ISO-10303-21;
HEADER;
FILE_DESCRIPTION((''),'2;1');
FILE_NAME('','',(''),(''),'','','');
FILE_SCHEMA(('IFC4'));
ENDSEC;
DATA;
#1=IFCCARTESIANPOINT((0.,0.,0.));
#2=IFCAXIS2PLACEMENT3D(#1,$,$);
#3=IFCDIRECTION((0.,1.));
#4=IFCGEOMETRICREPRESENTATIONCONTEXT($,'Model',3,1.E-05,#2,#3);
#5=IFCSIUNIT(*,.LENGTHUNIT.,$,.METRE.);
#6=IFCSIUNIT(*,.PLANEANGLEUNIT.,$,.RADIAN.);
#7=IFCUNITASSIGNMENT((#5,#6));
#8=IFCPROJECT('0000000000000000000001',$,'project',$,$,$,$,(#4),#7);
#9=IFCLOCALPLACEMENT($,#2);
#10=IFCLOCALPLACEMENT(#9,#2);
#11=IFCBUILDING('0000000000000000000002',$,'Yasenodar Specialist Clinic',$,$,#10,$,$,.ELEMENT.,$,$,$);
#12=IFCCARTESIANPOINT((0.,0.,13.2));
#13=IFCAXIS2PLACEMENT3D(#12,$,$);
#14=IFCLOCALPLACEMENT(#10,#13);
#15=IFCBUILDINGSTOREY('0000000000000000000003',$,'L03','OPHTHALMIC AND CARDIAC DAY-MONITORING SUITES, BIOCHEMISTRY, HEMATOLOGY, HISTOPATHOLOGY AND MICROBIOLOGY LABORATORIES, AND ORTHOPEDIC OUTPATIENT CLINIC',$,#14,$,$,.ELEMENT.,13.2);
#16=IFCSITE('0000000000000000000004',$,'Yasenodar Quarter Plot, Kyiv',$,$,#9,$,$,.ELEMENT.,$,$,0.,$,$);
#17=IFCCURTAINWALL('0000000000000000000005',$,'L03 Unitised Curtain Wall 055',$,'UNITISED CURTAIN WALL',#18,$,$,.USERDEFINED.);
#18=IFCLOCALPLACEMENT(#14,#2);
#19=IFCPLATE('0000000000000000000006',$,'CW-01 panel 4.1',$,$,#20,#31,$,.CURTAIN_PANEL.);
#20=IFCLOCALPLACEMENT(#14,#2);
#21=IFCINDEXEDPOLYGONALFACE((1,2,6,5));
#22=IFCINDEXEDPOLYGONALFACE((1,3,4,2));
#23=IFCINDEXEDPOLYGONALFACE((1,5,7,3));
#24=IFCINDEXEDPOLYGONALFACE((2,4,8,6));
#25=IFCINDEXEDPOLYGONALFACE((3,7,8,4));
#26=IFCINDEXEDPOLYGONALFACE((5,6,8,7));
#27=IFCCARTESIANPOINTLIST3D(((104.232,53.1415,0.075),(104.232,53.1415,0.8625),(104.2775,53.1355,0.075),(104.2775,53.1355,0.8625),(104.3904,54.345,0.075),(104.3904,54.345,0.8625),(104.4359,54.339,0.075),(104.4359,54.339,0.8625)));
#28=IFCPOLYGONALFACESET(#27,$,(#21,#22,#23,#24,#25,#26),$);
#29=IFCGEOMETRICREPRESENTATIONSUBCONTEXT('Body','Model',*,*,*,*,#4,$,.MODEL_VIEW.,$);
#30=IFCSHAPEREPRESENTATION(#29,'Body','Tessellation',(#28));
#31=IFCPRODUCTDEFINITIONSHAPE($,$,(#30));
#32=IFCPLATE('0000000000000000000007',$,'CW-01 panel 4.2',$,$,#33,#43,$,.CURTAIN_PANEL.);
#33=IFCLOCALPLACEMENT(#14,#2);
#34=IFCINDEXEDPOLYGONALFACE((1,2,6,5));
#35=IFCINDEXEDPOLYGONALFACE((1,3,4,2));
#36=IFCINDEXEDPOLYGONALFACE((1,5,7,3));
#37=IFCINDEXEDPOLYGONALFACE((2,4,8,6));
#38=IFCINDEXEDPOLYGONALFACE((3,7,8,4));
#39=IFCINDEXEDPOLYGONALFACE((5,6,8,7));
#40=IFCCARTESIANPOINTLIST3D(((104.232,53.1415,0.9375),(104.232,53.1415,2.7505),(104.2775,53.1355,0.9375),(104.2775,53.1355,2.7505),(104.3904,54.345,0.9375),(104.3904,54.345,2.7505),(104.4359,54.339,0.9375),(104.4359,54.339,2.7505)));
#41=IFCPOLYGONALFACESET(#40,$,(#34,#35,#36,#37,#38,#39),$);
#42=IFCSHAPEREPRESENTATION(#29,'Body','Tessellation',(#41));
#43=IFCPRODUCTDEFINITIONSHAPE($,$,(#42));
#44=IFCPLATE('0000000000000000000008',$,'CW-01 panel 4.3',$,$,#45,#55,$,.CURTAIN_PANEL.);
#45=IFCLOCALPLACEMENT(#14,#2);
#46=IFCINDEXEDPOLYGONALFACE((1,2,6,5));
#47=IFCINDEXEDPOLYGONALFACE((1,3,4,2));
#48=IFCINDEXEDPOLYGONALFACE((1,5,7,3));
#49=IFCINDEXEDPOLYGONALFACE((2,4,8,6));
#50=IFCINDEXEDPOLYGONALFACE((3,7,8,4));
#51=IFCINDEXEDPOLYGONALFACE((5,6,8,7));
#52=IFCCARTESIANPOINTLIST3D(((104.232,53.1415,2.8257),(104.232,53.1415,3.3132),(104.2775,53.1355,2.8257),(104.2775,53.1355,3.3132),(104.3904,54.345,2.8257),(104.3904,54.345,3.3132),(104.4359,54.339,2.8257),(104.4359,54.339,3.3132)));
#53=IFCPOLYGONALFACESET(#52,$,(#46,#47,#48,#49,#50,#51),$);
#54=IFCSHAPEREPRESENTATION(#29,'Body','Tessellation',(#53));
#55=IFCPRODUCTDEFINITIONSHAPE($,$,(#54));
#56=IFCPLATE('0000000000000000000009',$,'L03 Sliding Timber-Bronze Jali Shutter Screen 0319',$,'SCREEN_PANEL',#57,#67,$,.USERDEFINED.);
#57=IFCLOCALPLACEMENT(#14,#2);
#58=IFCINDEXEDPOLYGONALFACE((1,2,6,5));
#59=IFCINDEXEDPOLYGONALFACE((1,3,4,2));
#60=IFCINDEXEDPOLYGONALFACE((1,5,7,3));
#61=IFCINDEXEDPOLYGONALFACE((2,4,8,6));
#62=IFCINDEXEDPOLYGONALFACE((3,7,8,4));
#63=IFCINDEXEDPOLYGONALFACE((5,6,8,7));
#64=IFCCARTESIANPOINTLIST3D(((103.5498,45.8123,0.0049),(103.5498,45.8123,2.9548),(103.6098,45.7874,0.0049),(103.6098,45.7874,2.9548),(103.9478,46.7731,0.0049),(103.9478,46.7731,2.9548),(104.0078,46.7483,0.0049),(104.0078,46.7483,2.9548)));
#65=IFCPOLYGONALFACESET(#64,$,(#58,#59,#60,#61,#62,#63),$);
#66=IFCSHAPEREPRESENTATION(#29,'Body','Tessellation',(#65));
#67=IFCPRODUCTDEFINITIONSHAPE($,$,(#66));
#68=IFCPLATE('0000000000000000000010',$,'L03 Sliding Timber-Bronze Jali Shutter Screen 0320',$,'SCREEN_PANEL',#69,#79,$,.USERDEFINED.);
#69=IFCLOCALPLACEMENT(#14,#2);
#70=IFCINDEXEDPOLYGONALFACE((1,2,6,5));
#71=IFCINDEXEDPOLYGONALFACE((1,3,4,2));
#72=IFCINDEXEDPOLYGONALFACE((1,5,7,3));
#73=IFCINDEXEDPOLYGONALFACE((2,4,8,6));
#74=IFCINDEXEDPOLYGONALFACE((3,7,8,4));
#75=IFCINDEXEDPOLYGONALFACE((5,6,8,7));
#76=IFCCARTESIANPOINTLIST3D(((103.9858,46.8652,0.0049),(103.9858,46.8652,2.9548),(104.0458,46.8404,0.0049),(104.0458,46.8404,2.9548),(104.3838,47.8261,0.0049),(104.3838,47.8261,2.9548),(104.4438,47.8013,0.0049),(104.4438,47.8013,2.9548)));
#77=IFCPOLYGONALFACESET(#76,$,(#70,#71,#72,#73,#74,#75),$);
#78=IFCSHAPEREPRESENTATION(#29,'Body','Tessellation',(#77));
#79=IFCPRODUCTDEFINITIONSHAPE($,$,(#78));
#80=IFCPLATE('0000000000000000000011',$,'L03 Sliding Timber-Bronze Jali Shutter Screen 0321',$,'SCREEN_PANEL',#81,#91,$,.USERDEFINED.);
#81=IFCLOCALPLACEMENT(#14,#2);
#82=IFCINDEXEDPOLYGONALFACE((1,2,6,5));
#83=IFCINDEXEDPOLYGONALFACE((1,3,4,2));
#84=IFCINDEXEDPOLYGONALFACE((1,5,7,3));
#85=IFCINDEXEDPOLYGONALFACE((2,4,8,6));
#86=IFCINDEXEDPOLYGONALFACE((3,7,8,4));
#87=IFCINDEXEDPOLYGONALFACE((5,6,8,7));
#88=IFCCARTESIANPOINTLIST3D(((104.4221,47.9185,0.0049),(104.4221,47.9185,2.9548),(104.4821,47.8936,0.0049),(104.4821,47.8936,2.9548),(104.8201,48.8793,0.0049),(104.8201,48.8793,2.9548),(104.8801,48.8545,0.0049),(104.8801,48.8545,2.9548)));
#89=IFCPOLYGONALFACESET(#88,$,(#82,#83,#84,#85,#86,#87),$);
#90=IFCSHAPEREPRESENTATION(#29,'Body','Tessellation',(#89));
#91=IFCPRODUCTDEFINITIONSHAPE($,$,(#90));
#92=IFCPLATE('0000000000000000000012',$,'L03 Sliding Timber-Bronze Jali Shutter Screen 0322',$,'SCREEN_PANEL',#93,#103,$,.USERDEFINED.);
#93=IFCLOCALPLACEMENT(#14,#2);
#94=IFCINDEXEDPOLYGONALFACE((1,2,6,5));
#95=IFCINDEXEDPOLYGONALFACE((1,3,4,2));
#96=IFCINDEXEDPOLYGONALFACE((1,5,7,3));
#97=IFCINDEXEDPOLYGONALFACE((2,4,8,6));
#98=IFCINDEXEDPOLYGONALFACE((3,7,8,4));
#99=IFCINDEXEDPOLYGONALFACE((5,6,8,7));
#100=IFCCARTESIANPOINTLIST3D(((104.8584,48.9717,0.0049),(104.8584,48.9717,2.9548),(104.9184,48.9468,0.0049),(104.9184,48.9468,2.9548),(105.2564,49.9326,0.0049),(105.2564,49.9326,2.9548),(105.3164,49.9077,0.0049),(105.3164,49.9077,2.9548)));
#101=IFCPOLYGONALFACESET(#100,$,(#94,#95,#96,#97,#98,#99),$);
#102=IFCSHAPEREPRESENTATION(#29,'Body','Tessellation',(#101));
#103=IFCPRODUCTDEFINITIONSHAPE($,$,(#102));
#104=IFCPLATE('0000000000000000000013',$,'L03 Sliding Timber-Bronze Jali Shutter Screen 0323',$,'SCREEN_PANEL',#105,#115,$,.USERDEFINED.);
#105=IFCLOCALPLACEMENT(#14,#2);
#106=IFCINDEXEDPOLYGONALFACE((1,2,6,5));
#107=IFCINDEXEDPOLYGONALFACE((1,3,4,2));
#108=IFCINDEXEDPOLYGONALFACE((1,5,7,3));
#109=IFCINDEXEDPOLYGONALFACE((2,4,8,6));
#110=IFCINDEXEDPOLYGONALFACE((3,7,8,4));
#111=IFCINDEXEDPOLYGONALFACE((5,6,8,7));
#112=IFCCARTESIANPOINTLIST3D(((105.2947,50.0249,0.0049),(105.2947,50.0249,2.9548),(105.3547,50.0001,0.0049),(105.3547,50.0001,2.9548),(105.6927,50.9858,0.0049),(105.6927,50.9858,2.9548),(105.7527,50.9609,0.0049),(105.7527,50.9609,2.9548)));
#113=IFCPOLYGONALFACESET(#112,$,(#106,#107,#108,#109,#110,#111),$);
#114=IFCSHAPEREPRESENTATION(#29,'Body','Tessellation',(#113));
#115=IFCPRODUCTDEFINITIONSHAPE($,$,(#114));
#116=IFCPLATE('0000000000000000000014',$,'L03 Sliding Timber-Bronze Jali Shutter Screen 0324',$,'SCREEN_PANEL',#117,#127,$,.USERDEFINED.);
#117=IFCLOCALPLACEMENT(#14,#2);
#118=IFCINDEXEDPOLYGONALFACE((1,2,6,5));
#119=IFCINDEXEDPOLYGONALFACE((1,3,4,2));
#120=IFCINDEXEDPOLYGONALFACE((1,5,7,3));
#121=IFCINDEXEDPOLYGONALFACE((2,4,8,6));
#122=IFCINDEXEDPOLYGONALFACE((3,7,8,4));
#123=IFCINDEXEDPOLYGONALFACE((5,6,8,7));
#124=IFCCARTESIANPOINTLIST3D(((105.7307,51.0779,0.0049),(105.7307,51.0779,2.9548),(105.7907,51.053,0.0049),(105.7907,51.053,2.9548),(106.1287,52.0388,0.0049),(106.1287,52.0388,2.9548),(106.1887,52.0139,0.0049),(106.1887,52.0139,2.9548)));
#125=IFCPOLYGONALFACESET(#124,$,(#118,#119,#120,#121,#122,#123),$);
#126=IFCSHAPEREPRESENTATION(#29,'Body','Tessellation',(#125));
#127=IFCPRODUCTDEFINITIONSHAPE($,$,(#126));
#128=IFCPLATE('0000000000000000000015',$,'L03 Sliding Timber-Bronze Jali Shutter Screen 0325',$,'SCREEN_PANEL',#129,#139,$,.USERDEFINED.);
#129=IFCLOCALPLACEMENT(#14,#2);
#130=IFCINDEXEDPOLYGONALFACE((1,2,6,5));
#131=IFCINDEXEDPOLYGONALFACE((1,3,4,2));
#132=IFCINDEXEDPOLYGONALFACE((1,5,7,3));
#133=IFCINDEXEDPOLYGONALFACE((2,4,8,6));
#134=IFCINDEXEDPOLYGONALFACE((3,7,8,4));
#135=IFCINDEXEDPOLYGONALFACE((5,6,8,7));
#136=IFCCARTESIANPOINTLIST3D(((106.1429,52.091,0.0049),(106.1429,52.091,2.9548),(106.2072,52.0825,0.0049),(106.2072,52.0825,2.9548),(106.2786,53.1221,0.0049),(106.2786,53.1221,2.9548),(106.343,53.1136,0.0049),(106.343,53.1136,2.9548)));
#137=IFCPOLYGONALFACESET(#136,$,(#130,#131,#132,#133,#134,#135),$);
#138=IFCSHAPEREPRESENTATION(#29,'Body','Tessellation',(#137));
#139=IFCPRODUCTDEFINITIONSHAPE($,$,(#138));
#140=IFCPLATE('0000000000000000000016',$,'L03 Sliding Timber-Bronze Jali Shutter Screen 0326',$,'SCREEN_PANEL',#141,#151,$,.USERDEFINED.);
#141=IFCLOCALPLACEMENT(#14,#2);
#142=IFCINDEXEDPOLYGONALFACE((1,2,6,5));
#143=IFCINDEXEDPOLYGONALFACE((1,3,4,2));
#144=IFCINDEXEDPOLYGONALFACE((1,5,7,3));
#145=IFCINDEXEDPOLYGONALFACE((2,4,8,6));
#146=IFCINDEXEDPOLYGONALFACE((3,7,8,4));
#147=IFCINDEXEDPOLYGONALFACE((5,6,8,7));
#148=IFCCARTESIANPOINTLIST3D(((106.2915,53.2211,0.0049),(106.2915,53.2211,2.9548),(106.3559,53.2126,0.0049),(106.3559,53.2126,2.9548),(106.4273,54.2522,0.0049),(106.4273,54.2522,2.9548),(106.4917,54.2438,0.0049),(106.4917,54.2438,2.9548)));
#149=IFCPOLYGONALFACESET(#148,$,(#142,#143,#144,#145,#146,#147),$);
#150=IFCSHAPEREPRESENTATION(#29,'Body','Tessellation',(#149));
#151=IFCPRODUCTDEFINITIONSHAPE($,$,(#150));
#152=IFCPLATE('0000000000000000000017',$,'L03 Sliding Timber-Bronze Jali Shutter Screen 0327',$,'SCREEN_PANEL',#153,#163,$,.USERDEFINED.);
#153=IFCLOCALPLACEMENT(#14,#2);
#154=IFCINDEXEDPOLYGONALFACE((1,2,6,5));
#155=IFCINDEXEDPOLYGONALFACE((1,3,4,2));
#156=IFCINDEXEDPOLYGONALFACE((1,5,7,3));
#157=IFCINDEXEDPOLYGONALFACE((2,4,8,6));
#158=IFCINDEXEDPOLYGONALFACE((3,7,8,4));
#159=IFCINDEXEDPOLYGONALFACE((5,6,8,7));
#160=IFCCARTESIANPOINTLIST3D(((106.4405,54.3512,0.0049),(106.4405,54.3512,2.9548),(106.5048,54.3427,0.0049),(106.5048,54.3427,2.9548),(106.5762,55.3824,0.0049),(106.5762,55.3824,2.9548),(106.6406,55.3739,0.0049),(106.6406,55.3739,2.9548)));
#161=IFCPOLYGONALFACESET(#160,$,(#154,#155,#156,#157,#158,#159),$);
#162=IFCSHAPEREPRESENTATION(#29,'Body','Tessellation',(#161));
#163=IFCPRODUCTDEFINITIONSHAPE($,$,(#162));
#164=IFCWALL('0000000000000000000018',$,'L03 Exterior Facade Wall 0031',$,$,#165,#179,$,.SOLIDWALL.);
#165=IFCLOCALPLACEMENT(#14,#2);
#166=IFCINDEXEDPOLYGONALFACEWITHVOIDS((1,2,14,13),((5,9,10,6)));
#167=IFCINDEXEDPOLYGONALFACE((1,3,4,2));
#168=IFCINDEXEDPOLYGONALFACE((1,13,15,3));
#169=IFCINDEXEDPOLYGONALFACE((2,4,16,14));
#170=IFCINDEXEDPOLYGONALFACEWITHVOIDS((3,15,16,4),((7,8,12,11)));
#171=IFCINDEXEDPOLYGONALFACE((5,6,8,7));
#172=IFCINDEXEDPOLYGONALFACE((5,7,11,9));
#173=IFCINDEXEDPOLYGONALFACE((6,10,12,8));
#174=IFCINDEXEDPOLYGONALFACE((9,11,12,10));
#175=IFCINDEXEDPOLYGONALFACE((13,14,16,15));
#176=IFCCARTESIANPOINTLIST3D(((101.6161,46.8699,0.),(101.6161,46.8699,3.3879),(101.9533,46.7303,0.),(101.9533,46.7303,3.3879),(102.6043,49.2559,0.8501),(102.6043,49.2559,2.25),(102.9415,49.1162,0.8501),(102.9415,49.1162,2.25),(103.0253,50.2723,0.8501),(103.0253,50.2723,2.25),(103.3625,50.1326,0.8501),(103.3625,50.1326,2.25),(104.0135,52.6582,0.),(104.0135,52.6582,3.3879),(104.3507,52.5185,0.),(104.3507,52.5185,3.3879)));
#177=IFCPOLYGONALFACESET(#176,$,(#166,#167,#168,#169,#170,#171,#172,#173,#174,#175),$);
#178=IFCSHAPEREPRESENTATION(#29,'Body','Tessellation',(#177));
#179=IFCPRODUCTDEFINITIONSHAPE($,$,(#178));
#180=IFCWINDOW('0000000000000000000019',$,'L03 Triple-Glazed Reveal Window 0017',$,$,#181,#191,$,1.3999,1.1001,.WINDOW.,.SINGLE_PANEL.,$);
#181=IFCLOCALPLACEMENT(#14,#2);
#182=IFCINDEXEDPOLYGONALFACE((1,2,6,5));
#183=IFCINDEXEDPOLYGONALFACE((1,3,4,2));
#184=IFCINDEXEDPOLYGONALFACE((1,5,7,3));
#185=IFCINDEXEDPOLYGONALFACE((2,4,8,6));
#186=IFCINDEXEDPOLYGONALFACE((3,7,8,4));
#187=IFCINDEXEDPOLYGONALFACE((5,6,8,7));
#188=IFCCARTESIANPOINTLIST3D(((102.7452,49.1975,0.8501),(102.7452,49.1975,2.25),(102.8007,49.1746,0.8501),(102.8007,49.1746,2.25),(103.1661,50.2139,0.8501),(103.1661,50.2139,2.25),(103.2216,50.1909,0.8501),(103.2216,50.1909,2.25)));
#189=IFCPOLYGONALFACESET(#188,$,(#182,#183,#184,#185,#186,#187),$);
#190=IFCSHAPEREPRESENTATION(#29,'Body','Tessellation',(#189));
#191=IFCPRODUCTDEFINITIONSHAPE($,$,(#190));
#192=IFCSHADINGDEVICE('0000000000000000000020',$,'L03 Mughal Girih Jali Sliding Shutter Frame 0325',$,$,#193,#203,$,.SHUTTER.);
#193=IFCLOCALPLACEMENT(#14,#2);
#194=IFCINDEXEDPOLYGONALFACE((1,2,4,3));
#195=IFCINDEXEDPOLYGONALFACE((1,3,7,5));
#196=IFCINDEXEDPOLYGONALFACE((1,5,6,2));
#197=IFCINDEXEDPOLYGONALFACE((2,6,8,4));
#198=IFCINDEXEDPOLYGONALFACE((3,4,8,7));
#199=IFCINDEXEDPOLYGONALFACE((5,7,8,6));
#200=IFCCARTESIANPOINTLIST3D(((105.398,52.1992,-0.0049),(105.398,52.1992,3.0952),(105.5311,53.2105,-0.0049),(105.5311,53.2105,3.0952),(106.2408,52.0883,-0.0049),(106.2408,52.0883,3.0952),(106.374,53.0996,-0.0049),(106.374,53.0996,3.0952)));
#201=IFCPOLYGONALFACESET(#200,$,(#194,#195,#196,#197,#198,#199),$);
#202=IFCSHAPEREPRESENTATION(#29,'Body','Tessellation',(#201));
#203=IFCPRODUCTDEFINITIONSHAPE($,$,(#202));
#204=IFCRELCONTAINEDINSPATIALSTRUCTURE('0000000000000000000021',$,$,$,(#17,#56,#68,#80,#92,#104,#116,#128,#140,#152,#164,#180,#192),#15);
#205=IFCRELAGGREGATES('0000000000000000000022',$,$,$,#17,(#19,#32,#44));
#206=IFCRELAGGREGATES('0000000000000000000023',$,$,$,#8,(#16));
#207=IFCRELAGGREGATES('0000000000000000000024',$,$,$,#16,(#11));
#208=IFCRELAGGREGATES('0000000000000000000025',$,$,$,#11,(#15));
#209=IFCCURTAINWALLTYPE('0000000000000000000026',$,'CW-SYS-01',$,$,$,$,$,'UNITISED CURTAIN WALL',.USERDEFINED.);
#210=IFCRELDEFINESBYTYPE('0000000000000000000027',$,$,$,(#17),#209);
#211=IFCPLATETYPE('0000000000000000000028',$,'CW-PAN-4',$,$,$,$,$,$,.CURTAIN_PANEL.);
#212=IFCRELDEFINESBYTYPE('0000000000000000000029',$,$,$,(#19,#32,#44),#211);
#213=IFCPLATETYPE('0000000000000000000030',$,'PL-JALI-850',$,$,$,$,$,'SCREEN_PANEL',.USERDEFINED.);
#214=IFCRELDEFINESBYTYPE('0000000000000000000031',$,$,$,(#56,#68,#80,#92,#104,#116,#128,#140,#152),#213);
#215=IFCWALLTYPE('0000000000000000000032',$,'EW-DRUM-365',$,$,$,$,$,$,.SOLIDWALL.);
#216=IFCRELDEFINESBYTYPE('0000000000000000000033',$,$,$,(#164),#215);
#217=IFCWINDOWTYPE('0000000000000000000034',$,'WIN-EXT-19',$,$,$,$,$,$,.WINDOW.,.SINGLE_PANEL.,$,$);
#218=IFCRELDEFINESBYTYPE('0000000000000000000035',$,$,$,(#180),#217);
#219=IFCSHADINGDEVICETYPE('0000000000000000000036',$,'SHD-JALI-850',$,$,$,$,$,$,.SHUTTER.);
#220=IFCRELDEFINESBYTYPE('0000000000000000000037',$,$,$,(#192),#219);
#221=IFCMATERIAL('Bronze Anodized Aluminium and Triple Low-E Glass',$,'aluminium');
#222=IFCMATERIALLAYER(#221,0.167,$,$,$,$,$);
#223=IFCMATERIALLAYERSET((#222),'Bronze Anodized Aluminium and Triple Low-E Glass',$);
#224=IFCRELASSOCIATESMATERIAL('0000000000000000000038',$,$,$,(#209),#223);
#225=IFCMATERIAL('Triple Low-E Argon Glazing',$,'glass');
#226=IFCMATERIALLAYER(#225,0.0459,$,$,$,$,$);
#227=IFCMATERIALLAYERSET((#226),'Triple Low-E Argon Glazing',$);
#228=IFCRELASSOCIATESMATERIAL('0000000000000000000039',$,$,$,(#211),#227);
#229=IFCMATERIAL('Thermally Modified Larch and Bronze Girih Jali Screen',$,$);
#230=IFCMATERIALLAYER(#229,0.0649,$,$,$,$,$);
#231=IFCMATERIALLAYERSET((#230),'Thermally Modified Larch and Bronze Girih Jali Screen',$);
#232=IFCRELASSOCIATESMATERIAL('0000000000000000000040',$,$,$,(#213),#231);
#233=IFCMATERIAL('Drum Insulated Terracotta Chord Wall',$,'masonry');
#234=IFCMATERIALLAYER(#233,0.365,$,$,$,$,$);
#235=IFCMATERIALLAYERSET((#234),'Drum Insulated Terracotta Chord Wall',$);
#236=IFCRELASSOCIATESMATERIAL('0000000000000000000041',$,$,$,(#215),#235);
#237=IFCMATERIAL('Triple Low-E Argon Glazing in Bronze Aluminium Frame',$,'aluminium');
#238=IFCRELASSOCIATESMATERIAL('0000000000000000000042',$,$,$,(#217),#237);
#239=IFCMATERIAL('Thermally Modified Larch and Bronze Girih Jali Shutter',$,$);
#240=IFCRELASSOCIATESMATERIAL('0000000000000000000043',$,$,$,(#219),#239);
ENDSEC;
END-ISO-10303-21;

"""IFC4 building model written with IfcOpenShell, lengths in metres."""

from ifc_helpers import new_model, si_unit, direction, frame, frame_2d, origin, origin_2d, place, context, subcontext, project, spatial, rectangle, extrude, material, layer, layer_set, type_object, element, fill, aggregate, save


model = new_model("IFC4")

# Units and contexts
model_context = context("Model", 3, precision=1e-05, world=origin(), true_north=direction((0.0, 1.0)))
body_context = subcontext(model_context, "Body", "Model", "MODEL_VIEW")
ifc_project = project(units=[si_unit("LENGTHUNIT", "METRE"), si_unit("PLANEANGLEUNIT", "RADIAN")], contexts=[model_context])

# Site, building, storey
site_placement = place(None, origin())
site = spatial("IfcSite", under=ifc_project, at=site_placement, Name="Yasenodar Quarter Plot, Kyiv", CompositionType="ELEMENT", RefElevation=0.0)
building_placement = place(site_placement, origin())
building = spatial("IfcBuilding", under=site, at=building_placement, Name="Yasenodar Specialist Clinic", CompositionType="ELEMENT")
storey_placement = place(building_placement, frame((0.0, 0.0, 13.2)))
storey = spatial("IfcBuildingStorey", under=building, at=storey_placement, Name="L03", Description="OPHTHALMIC AND CARDIAC DAY-MONITORING SUITES, BIOCHEMISTRY, HEMATOLOGY, HISTOPATHOLOGY AND MICROBIOLOGY LABORATORIES, AND ORTHOPEDIC OUTPATIENT CLINIC", CompositionType="ELEMENT", Elevation=13.2)

# Curtain wall, plates
ifc_material_1 = material(Name="Bronze Anodized Aluminium and Triple Low-E Glass", Category="aluminium")
ifc_layer_1 = layer(ifc_material_1, 0.167)
ifc_layer_set_1 = layer_set([ifc_layer_1], Name="Bronze Anodized Aluminium and Triple Low-E Glass")
curtain_wall_type = type_object("IfcCurtainWallType", Name="CW-SYS-01", ElementType="UNITISED CURTAIN WALL", PredefinedType="USERDEFINED", material=ifc_layer_set_1)
curtain_wall_placement = place(storey_placement, origin())
curtain_wall = element("IfcCurtainWall", 1, at=curtain_wall_placement, inside=storey, type_object=curtain_wall_type, Name="L03 Unitised Curtain Wall 055", ObjectType="UNITISED CURTAIN WALL", PredefinedType="USERDEFINED")
ifc_material_2 = material(Name="Triple Low-E Argon Glazing", Category="glass")
ifc_layer_2 = layer(ifc_material_2, 0.0459)
ifc_layer_set_2 = layer_set([ifc_layer_2], Name="Triple Low-E Argon Glazing")
plate_type_1 = type_object("IfcPlateType", Name="CW-PAN-4", PredefinedType="CURTAIN_PANEL", material=ifc_layer_set_2)
plate_1_placement = place(storey_placement, frame((104.334, 53.7402, 0.075), z_axis=(0.0, 0.0, 1.0), x_axis=(-0.130512, -0.991447, 0.0)))
plate_1 = element("IfcPlate", 2, at=plate_1_placement, type_object=plate_type_1, Name="CW-01 panel 4.1", PredefinedType="CURTAIN_PANEL", context=body_context, shape_type="SweptSolid", body=[
    extrude(rectangle(XDim=1.2139, YDim=0.0459, at=origin_2d()), origin(), (0.0, 0.0, 1.0), 0.7876),
])
plate_2_placement = place(storey_placement, frame((104.334, 53.7402, 0.9375), z_axis=(0.0, 0.0, 1.0), x_axis=(-0.130512, -0.991447, 0.0)))
plate_2 = element("IfcPlate", 3, at=plate_2_placement, type_object=plate_type_1, Name="CW-01 panel 4.2", PredefinedType="CURTAIN_PANEL", context=body_context, shape_type="SweptSolid", body=[
    extrude(rectangle(XDim=1.2139, YDim=0.0459, at=origin_2d()), origin(), (0.0, 0.0, 1.0), 1.813),
])
plate_3_placement = place(storey_placement, frame((104.334, 53.7402, 2.8257), z_axis=(0.0, 0.0, 1.0), x_axis=(-0.130512, -0.991447, 0.0)))
plate_3 = element("IfcPlate", 4, at=plate_3_placement, type_object=plate_type_1, Name="CW-01 panel 4.3", PredefinedType="CURTAIN_PANEL", context=body_context, shape_type="SweptSolid", body=[
    extrude(rectangle(XDim=1.2139, YDim=0.0459, at=origin_2d()), origin(), (0.0, 0.0, 1.0), 0.4875),
])
aggregate(curtain_wall, [plate_1, plate_2, plate_3])

# Plates
ifc_material_3 = material(Name="Thermally Modified Larch and Bronze Girih Jali Screen")
ifc_layer_3 = layer(ifc_material_3, 0.0649)
ifc_layer_set_3 = layer_set([ifc_layer_3], Name="Thermally Modified Larch and Bronze Girih Jali Screen")
plate_type_2 = type_object("IfcPlateType", Name="PL-JALI-850", ElementType="SCREEN_PANEL", PredefinedType="USERDEFINED", material=ifc_layer_set_3)
for number, where, z_axis, x_axis, name in (
    (5, (103.7788, 46.2803, 0.0049), (0.0, 0.0, 1.0), (0.382687, 0.923878, 0.0), "L03 Sliding Timber-Bronze Jali Shutter Screen 0319"),
    (6, (104.2148, 47.3333, 0.0049), (0.0, 0.0, 1.0), (0.382687, 0.923878, 0.0), "L03 Sliding Timber-Bronze Jali Shutter Screen 0320"),
    (7, (104.6511, 48.3865, 0.0049), (0.0, 0.0, 1.0), (0.382687, 0.923878, 0.0), "L03 Sliding Timber-Bronze Jali Shutter Screen 0321"),
    (8, (105.0874, 49.4397, 0.0049), (0.0, 0.0, 1.0), (0.382687, 0.923878, 0.0), "L03 Sliding Timber-Bronze Jali Shutter Screen 0322"),
    (9, (105.5237, 50.4929, 0.0049), (0.0, 0.0, 1.0), (0.382687, 0.923878, 0.0), "L03 Sliding Timber-Bronze Jali Shutter Screen 0323"),
    (10, (105.9597, 51.5459, 0.0049), (0.0, 0.0, 1.0), (0.382687, 0.923878, 0.0), "L03 Sliding Timber-Bronze Jali Shutter Screen 0324"),
    (11, (106.2429, 52.6023, 0.0049), (0.0, 0.0, 1.0), (0.130519, 0.991446, 0.0), "L03 Sliding Timber-Bronze Jali Shutter Screen 0325"),
    (12, (106.3916, 53.7324, 0.0049), (0.0, 0.0, 1.0), (0.130519, 0.991446, 0.0), "L03 Sliding Timber-Bronze Jali Shutter Screen 0326"),
    (13, (106.5405, 54.8625, 0.0049), (0.0, 0.0, 1.0), (0.130519, 0.991446, 0.0), "L03 Sliding Timber-Bronze Jali Shutter Screen 0327"),
):
    element("IfcPlate", number, at=place(storey_placement, frame(where, z_axis=z_axis, x_axis=x_axis)), inside=storey, type_object=plate_type_2, Name=name, ObjectType="SCREEN_PANEL", PredefinedType="USERDEFINED", context=body_context, shape_type="SweptSolid", body=[
        extrude(rectangle(XDim=1.04, YDim=0.0649, at=origin_2d()), origin(), (0.0, 0.0, 1.0), 2.95),
    ])

# Wall, opening, window
ifc_material_4 = material(Name="Drum Insulated Terracotta Chord Wall", Category="masonry")
ifc_layer_4 = layer(ifc_material_4, 0.365)
ifc_layer_set_4 = layer_set([ifc_layer_4], Name="Drum Insulated Terracotta Chord Wall")
wall_type = type_object("IfcWallType", Name="EW-DRUM-365", PredefinedType="SOLIDWALL", material=ifc_layer_set_4)
wall_placement = place(storey_placement, frame((104.1821, 52.5884, 0.0), z_axis=(0.0, 0.0, 1.0), x_axis=(-0.382664, -0.923888, 0.0)))
wall = element("IfcWall", 14, at=wall_placement, inside=storey, type_object=wall_type, Name="L03 Exterior Facade Wall 0031", PredefinedType="SOLIDWALL", context=body_context, shape_type="SweptSolid", body=[
    extrude(rectangle(XDim=6.2651, YDim=0.365, at=frame_2d((3.1326, 0.0))), origin(), (0.0, 0.0, 1.0), 3.3879),
])
opening_placement = place(wall_placement, frame((2.5825, 0.0, 0.8501)))
opening = element("IfcOpeningElement", 15, at=opening_placement, cuts=wall, PredefinedType="OPENING", context=body_context, shape_type="SweptSolid", body=[
    extrude(rectangle(XDim=1.1001, YDim=1.3999, at=frame_2d((0.55, 0.7))), frame((0.0, 0.1924, 0.0), z_axis=(0.0, -1.0, 0.0), x_axis=(1.0, 0.0, 0.0)), (0.0, 0.0, 1.0), 0.385),
])
ifc_material_5 = material(Name="Triple Low-E Argon Glazing in Bronze Aluminium Frame", Category="aluminium")
window_type = type_object("IfcWindowType", Name="WIN-EXT-19", PartitioningType="SINGLE_PANEL", PredefinedType="WINDOW", material=ifc_material_5)
window_placement = place(opening_placement, origin())
window = element("IfcWindow", 16, at=window_placement, inside=storey, type_object=window_type, Name="L03 Triple-Glazed Reveal Window 0017", OverallHeight=1.3999, OverallWidth=1.1001, PartitioningType="SINGLE_PANEL", PredefinedType="WINDOW", context=body_context, shape_type="SweptSolid", body=[
    extrude(rectangle(XDim=1.1001, YDim=1.3999, at=frame_2d((0.55, 0.7))), frame((0.0, 0.03, 0.0), z_axis=(0.0, -1.0, 0.0), x_axis=(1.0, 0.0, 0.0)), (0.0, 0.0, 1.0), 0.0601),
])
fill(opening, window)

# Shading device
ifc_material_6 = material(Name="Thermally Modified Larch and Bronze Girih Jali Shutter")
shading_device_type = type_object("IfcShadingDeviceType", Name="SHD-JALI-850", PredefinedType="SHUTTER", material=ifc_material_6)
shading_device_placement = place(storey_placement, frame((105.886, 52.6494, -0.0049), z_axis=(0.0, 0.0, 1.0), x_axis=(0.130519, 0.991446, 0.0)))
element("IfcShadingDevice", 17, at=shading_device_placement, inside=storey, type_object=shading_device_type, Name="L03 Mughal Girih Jali Sliding Shutter Frame 0325", PredefinedType="SHUTTER", context=body_context, shape_type="SweptSolid", body=[
    extrude(rectangle(XDim=1.02, YDim=0.8501, at=origin_2d()), origin(), (0.0, 0.0, 1.0), 3.1001),
])

save(model, "model.ifc")
